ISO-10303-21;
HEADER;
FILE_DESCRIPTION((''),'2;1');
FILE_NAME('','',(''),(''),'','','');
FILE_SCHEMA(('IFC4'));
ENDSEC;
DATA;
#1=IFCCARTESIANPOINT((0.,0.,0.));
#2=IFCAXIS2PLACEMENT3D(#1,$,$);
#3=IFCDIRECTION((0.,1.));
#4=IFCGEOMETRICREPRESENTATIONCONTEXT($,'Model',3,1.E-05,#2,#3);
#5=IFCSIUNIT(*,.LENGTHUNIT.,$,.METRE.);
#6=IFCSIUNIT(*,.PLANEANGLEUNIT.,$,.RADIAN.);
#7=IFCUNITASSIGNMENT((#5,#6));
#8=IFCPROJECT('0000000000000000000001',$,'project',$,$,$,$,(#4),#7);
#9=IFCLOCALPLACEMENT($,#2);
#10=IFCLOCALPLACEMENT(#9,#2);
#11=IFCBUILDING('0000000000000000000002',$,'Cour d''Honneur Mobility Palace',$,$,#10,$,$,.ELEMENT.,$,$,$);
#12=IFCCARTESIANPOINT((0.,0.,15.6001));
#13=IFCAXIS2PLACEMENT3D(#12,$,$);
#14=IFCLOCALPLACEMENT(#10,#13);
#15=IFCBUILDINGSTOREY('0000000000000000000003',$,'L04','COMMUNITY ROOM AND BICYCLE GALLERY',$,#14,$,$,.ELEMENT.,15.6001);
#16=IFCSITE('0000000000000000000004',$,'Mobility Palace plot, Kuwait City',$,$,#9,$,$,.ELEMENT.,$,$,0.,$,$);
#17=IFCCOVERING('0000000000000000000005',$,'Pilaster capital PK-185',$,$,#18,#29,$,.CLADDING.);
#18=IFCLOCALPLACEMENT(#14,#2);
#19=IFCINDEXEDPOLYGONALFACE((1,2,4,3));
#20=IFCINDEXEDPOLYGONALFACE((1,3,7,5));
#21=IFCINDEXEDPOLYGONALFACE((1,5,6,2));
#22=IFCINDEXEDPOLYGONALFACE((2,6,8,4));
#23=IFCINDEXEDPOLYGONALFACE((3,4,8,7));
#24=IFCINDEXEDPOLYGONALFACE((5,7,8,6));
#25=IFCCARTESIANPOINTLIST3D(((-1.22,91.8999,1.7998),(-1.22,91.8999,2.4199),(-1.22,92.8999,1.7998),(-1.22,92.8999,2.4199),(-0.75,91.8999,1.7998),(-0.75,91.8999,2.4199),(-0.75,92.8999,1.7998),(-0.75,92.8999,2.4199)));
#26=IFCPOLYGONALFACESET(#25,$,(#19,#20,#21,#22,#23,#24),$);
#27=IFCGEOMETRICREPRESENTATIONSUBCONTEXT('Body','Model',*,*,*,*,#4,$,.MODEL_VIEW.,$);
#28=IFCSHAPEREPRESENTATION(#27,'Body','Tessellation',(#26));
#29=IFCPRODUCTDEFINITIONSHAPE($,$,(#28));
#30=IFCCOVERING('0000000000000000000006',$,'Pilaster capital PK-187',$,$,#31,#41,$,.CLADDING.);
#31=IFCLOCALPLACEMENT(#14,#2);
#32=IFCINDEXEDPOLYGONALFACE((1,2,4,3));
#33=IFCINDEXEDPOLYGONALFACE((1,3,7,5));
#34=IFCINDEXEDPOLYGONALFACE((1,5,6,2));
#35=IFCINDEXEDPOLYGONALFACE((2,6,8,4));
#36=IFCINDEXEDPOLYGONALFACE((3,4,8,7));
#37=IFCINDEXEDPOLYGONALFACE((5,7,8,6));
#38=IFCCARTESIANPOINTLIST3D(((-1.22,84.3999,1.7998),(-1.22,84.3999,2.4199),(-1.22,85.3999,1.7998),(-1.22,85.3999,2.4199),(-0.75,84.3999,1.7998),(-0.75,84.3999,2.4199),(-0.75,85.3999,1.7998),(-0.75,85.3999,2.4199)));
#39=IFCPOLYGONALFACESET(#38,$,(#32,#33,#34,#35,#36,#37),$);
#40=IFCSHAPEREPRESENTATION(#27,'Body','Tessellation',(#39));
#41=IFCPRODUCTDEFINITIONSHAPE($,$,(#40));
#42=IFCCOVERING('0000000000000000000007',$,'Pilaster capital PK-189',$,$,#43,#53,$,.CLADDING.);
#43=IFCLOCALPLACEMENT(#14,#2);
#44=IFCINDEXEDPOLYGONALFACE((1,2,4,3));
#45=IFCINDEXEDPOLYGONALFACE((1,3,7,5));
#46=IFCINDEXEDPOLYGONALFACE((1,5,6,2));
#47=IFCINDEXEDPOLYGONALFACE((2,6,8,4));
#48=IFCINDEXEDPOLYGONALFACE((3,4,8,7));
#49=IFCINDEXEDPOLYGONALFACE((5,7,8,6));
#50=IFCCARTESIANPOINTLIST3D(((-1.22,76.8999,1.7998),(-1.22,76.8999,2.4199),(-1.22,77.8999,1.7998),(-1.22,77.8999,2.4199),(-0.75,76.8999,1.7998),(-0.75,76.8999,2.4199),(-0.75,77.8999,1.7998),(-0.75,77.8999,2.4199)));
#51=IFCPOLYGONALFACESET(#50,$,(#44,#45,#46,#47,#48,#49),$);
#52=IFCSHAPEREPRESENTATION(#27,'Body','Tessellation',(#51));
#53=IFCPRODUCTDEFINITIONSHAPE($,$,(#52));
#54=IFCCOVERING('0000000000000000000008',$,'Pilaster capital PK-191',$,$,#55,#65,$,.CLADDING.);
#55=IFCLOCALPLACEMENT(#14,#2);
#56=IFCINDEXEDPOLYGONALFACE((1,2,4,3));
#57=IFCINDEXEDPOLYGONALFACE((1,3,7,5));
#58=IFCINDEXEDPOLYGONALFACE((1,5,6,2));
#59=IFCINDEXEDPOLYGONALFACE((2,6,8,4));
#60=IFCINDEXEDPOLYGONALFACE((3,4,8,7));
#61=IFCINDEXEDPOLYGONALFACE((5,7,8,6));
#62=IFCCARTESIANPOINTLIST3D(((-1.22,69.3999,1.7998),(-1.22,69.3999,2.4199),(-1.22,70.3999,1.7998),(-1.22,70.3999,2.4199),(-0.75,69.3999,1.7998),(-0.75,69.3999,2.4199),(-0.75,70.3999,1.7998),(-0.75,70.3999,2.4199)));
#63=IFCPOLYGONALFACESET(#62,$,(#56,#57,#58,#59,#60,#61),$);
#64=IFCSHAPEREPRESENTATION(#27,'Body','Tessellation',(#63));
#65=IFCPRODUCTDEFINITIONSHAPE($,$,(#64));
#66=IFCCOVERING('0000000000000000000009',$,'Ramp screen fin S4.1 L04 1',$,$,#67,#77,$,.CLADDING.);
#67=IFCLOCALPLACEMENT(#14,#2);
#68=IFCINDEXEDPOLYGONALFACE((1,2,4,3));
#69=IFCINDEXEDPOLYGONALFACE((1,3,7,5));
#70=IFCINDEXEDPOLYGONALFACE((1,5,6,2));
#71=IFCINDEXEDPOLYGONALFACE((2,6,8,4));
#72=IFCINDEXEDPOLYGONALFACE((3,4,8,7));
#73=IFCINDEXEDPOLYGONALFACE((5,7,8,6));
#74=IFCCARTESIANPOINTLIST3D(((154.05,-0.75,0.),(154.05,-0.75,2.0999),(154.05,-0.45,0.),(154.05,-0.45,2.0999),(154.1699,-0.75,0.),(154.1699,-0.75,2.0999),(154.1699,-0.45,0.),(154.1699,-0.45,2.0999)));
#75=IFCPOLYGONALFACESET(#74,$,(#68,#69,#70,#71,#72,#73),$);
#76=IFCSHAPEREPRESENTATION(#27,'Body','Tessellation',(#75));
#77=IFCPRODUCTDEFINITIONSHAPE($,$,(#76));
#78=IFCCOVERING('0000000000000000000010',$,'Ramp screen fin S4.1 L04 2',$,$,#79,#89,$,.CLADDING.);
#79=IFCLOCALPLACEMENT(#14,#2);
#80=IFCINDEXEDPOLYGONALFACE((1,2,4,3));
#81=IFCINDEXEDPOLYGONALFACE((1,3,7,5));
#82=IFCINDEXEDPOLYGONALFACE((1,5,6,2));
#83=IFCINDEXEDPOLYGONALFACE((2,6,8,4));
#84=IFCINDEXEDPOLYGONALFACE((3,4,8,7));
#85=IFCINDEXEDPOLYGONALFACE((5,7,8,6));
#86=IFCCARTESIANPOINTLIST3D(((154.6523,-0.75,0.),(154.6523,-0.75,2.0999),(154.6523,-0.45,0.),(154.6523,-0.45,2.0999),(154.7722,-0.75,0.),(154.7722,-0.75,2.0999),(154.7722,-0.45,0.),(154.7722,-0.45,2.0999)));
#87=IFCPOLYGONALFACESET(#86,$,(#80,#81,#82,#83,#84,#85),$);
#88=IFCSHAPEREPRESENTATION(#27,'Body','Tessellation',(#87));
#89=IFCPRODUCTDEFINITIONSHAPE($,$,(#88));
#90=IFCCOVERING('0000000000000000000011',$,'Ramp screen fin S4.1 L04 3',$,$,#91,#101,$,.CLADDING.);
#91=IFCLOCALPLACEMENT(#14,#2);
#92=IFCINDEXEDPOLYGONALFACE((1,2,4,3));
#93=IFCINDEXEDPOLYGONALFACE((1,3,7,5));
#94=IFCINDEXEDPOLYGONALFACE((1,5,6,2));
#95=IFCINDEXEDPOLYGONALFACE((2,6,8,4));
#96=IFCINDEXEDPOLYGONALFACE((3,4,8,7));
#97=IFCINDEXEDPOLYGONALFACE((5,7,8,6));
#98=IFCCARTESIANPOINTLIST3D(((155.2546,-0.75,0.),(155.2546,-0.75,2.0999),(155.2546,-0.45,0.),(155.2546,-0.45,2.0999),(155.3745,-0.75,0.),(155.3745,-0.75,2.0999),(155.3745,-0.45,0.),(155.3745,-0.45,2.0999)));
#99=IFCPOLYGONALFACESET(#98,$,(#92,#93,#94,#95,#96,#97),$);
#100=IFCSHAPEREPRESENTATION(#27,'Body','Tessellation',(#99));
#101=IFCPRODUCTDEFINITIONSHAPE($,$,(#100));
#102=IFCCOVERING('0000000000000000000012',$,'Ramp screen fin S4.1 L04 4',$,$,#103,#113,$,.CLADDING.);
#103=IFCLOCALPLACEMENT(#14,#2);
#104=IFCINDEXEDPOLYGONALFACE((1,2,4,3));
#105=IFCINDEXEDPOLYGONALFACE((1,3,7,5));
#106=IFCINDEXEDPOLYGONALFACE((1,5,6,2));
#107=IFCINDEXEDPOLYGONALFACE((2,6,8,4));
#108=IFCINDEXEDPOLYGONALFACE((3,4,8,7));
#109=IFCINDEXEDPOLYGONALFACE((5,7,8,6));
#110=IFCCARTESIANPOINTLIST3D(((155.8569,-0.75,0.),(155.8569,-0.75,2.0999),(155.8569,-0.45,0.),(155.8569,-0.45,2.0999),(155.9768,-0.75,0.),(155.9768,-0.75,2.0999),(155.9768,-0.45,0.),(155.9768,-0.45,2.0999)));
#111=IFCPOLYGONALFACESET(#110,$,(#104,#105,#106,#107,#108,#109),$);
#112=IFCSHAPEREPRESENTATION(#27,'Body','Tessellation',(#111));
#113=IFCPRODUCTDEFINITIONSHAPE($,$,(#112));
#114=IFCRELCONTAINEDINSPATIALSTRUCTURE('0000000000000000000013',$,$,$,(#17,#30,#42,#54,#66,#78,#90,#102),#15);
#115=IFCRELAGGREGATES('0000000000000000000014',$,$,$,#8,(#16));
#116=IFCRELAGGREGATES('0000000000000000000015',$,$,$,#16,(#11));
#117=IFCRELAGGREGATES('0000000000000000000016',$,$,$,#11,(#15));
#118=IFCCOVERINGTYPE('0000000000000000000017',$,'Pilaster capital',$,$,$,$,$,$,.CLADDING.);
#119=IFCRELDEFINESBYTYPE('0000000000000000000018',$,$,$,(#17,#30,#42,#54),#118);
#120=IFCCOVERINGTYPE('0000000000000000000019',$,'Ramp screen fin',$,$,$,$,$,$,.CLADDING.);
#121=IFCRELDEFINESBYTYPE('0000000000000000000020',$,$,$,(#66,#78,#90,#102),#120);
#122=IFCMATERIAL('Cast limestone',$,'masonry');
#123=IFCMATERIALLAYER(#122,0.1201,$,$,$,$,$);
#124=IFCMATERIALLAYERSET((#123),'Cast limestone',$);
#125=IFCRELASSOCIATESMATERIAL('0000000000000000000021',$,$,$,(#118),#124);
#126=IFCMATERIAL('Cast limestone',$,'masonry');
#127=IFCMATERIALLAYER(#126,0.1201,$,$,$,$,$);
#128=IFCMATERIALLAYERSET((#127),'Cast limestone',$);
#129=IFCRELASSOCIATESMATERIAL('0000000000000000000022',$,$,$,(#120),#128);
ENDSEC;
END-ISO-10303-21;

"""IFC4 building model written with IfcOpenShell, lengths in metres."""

from ifc_helpers import new_model, si_unit, direction, frame, origin, place, context, subcontext, project, spatial, polyline, outline, extrude, material, layer, layer_set, type_object, element, save


model = new_model("IFC4")

# Units and contexts
model_context = context("Model", 3, precision=1e-05, world=origin(), true_north=direction((0.0, 1.0)))
body_context = subcontext(model_context, "Body", "Model", "MODEL_VIEW")
ifc_project = project(units=[si_unit("LENGTHUNIT", "METRE"), si_unit("PLANEANGLEUNIT", "RADIAN")], contexts=[model_context])

# Site, building, storey
site_placement = place(None, origin())
site = spatial("IfcSite", under=ifc_project, at=site_placement, Name="Mobility Palace plot, Kuwait City", CompositionType="ELEMENT", RefElevation=0.0)
building_placement = place(site_placement, origin())
building = spatial("IfcBuilding", under=site, at=building_placement, Name="Cour d'Honneur Mobility Palace", CompositionType="ELEMENT")
storey_placement = place(building_placement, frame((0.0, 0.0, 15.6001)))
storey = spatial("IfcBuildingStorey", under=building, at=storey_placement, Name="L04", Description="COMMUNITY ROOM AND BICYCLE GALLERY", CompositionType="ELEMENT", Elevation=15.6001)

# Coverings
ifc_material_1 = material(Name="Cast limestone", Category="masonry")
ifc_layer_1 = layer(ifc_material_1, 0.1201)
ifc_layer_set_1 = layer_set([ifc_layer_1], Name="Cast limestone")
covering_type_1 = type_object("IfcCoveringType", Name="Pilaster capital", PredefinedType="CLADDING", material=ifc_layer_set_1)
covering_1_placement = place(storey_placement, frame((0.0, 0.0, 1.7998)))
element("IfcCovering", 1, at=covering_1_placement, inside=storey, type_object=covering_type_1, Name="Pilaster capital PK-185", PredefinedType="CLADDING", context=body_context, shape_type="SweptSolid", body=[
    extrude(outline(polyline([(-0.75, 92.8999), (-0.75, 91.8999), (-1.22, 91.8999), (-1.22, 92.8999), (-0.75, 92.8999)])), origin(), (0.0, 0.0, 1.0), 0.6201),
])
covering_2_placement = place(storey_placement, frame((0.0, 0.0, 1.7998)))
element("IfcCovering", 2, at=covering_2_placement, inside=storey, type_object=covering_type_1, Name="Pilaster capital PK-187", PredefinedType="CLADDING", context=body_context, shape_type="SweptSolid", body=[
    extrude(outline(polyline([(-0.75, 85.3999), (-0.75, 84.3999), (-1.22, 84.3999), (-1.22, 85.3999), (-0.75, 85.3999)])), origin(), (0.0, 0.0, 1.0), 0.6201),
])
covering_3_placement = place(storey_placement, frame((0.0, 0.0, 1.7998)))
element("IfcCovering", 3, at=covering_3_placement, inside=storey, type_object=covering_type_1, Name="Pilaster capital PK-189", PredefinedType="CLADDING", context=body_context, shape_type="SweptSolid", body=[
    extrude(outline(polyline([(-0.75, 77.8999), (-0.75, 76.8999), (-1.22, 76.8999), (-1.22, 77.8999), (-0.75, 77.8999)])), origin(), (0.0, 0.0, 1.0), 0.6201),
])
covering_4_placement = place(storey_placement, frame((0.0, 0.0, 1.7998)))
element("IfcCovering", 4, at=covering_4_placement, inside=storey, type_object=covering_type_1, Name="Pilaster capital PK-191", PredefinedType="CLADDING", context=body_context, shape_type="SweptSolid", body=[
    extrude(outline(polyline([(-0.75, 70.3999), (-0.75, 69.3999), (-1.22, 69.3999), (-1.22, 70.3999), (-0.75, 70.3999)])), origin(), (0.0, 0.0, 1.0), 0.6201),
])
ifc_material_2 = material(Name="Cast limestone", Category="masonry")
ifc_layer_2 = layer(ifc_material_2, 0.1201)
ifc_layer_set_2 = layer_set([ifc_layer_2], Name="Cast limestone")
covering_type_2 = type_object("IfcCoveringType", Name="Ramp screen fin", PredefinedType="CLADDING", material=ifc_layer_set_2)
covering_5_placement = place(storey_placement, origin())
element("IfcCovering", 5, at=covering_5_placement, inside=storey, type_object=covering_type_2, Name="Ramp screen fin S4.1 L04 1", PredefinedType="CLADDING", context=body_context, shape_type="SweptSolid", body=[
    extrude(outline(polyline([(154.05, -0.45), (154.1699, -0.45), (154.1699, -0.75), (154.05, -0.75), (154.05, -0.45)])), origin(), (0.0, 0.0, 1.0), 2.0999),
])
covering_6_placement = place(storey_placement, origin())
element("IfcCovering", 6, at=covering_6_placement, inside=storey, type_object=covering_type_2, Name="Ramp screen fin S4.1 L04 2", PredefinedType="CLADDING", context=body_context, shape_type="SweptSolid", body=[
    extrude(outline(polyline([(154.6523, -0.45), (154.7722, -0.45), (154.7722, -0.75), (154.6523, -0.75), (154.6523, -0.45)])), origin(), (0.0, 0.0, 1.0), 2.0999),
])
covering_7_placement = place(storey_placement, origin())
element("IfcCovering", 7, at=covering_7_placement, inside=storey, type_object=covering_type_2, Name="Ramp screen fin S4.1 L04 3", PredefinedType="CLADDING", context=body_context, shape_type="SweptSolid", body=[
    extrude(outline(polyline([(155.2546, -0.45), (155.3745, -0.45), (155.3745, -0.75), (155.2546, -0.75), (155.2546, -0.45)])), origin(), (0.0, 0.0, 1.0), 2.0999),
])
covering_8_placement = place(storey_placement, origin())
element("IfcCovering", 8, at=covering_8_placement, inside=storey, type_object=covering_type_2, Name="Ramp screen fin S4.1 L04 4", PredefinedType="CLADDING", context=body_context, shape_type="SweptSolid", body=[
    extrude(outline(polyline([(155.8569, -0.45), (155.9768, -0.45), (155.9768, -0.75), (155.8569, -0.75), (155.8569, -0.45)])), origin(), (0.0, 0.0, 1.0), 2.0999),
])

save(model, "model.ifc")
